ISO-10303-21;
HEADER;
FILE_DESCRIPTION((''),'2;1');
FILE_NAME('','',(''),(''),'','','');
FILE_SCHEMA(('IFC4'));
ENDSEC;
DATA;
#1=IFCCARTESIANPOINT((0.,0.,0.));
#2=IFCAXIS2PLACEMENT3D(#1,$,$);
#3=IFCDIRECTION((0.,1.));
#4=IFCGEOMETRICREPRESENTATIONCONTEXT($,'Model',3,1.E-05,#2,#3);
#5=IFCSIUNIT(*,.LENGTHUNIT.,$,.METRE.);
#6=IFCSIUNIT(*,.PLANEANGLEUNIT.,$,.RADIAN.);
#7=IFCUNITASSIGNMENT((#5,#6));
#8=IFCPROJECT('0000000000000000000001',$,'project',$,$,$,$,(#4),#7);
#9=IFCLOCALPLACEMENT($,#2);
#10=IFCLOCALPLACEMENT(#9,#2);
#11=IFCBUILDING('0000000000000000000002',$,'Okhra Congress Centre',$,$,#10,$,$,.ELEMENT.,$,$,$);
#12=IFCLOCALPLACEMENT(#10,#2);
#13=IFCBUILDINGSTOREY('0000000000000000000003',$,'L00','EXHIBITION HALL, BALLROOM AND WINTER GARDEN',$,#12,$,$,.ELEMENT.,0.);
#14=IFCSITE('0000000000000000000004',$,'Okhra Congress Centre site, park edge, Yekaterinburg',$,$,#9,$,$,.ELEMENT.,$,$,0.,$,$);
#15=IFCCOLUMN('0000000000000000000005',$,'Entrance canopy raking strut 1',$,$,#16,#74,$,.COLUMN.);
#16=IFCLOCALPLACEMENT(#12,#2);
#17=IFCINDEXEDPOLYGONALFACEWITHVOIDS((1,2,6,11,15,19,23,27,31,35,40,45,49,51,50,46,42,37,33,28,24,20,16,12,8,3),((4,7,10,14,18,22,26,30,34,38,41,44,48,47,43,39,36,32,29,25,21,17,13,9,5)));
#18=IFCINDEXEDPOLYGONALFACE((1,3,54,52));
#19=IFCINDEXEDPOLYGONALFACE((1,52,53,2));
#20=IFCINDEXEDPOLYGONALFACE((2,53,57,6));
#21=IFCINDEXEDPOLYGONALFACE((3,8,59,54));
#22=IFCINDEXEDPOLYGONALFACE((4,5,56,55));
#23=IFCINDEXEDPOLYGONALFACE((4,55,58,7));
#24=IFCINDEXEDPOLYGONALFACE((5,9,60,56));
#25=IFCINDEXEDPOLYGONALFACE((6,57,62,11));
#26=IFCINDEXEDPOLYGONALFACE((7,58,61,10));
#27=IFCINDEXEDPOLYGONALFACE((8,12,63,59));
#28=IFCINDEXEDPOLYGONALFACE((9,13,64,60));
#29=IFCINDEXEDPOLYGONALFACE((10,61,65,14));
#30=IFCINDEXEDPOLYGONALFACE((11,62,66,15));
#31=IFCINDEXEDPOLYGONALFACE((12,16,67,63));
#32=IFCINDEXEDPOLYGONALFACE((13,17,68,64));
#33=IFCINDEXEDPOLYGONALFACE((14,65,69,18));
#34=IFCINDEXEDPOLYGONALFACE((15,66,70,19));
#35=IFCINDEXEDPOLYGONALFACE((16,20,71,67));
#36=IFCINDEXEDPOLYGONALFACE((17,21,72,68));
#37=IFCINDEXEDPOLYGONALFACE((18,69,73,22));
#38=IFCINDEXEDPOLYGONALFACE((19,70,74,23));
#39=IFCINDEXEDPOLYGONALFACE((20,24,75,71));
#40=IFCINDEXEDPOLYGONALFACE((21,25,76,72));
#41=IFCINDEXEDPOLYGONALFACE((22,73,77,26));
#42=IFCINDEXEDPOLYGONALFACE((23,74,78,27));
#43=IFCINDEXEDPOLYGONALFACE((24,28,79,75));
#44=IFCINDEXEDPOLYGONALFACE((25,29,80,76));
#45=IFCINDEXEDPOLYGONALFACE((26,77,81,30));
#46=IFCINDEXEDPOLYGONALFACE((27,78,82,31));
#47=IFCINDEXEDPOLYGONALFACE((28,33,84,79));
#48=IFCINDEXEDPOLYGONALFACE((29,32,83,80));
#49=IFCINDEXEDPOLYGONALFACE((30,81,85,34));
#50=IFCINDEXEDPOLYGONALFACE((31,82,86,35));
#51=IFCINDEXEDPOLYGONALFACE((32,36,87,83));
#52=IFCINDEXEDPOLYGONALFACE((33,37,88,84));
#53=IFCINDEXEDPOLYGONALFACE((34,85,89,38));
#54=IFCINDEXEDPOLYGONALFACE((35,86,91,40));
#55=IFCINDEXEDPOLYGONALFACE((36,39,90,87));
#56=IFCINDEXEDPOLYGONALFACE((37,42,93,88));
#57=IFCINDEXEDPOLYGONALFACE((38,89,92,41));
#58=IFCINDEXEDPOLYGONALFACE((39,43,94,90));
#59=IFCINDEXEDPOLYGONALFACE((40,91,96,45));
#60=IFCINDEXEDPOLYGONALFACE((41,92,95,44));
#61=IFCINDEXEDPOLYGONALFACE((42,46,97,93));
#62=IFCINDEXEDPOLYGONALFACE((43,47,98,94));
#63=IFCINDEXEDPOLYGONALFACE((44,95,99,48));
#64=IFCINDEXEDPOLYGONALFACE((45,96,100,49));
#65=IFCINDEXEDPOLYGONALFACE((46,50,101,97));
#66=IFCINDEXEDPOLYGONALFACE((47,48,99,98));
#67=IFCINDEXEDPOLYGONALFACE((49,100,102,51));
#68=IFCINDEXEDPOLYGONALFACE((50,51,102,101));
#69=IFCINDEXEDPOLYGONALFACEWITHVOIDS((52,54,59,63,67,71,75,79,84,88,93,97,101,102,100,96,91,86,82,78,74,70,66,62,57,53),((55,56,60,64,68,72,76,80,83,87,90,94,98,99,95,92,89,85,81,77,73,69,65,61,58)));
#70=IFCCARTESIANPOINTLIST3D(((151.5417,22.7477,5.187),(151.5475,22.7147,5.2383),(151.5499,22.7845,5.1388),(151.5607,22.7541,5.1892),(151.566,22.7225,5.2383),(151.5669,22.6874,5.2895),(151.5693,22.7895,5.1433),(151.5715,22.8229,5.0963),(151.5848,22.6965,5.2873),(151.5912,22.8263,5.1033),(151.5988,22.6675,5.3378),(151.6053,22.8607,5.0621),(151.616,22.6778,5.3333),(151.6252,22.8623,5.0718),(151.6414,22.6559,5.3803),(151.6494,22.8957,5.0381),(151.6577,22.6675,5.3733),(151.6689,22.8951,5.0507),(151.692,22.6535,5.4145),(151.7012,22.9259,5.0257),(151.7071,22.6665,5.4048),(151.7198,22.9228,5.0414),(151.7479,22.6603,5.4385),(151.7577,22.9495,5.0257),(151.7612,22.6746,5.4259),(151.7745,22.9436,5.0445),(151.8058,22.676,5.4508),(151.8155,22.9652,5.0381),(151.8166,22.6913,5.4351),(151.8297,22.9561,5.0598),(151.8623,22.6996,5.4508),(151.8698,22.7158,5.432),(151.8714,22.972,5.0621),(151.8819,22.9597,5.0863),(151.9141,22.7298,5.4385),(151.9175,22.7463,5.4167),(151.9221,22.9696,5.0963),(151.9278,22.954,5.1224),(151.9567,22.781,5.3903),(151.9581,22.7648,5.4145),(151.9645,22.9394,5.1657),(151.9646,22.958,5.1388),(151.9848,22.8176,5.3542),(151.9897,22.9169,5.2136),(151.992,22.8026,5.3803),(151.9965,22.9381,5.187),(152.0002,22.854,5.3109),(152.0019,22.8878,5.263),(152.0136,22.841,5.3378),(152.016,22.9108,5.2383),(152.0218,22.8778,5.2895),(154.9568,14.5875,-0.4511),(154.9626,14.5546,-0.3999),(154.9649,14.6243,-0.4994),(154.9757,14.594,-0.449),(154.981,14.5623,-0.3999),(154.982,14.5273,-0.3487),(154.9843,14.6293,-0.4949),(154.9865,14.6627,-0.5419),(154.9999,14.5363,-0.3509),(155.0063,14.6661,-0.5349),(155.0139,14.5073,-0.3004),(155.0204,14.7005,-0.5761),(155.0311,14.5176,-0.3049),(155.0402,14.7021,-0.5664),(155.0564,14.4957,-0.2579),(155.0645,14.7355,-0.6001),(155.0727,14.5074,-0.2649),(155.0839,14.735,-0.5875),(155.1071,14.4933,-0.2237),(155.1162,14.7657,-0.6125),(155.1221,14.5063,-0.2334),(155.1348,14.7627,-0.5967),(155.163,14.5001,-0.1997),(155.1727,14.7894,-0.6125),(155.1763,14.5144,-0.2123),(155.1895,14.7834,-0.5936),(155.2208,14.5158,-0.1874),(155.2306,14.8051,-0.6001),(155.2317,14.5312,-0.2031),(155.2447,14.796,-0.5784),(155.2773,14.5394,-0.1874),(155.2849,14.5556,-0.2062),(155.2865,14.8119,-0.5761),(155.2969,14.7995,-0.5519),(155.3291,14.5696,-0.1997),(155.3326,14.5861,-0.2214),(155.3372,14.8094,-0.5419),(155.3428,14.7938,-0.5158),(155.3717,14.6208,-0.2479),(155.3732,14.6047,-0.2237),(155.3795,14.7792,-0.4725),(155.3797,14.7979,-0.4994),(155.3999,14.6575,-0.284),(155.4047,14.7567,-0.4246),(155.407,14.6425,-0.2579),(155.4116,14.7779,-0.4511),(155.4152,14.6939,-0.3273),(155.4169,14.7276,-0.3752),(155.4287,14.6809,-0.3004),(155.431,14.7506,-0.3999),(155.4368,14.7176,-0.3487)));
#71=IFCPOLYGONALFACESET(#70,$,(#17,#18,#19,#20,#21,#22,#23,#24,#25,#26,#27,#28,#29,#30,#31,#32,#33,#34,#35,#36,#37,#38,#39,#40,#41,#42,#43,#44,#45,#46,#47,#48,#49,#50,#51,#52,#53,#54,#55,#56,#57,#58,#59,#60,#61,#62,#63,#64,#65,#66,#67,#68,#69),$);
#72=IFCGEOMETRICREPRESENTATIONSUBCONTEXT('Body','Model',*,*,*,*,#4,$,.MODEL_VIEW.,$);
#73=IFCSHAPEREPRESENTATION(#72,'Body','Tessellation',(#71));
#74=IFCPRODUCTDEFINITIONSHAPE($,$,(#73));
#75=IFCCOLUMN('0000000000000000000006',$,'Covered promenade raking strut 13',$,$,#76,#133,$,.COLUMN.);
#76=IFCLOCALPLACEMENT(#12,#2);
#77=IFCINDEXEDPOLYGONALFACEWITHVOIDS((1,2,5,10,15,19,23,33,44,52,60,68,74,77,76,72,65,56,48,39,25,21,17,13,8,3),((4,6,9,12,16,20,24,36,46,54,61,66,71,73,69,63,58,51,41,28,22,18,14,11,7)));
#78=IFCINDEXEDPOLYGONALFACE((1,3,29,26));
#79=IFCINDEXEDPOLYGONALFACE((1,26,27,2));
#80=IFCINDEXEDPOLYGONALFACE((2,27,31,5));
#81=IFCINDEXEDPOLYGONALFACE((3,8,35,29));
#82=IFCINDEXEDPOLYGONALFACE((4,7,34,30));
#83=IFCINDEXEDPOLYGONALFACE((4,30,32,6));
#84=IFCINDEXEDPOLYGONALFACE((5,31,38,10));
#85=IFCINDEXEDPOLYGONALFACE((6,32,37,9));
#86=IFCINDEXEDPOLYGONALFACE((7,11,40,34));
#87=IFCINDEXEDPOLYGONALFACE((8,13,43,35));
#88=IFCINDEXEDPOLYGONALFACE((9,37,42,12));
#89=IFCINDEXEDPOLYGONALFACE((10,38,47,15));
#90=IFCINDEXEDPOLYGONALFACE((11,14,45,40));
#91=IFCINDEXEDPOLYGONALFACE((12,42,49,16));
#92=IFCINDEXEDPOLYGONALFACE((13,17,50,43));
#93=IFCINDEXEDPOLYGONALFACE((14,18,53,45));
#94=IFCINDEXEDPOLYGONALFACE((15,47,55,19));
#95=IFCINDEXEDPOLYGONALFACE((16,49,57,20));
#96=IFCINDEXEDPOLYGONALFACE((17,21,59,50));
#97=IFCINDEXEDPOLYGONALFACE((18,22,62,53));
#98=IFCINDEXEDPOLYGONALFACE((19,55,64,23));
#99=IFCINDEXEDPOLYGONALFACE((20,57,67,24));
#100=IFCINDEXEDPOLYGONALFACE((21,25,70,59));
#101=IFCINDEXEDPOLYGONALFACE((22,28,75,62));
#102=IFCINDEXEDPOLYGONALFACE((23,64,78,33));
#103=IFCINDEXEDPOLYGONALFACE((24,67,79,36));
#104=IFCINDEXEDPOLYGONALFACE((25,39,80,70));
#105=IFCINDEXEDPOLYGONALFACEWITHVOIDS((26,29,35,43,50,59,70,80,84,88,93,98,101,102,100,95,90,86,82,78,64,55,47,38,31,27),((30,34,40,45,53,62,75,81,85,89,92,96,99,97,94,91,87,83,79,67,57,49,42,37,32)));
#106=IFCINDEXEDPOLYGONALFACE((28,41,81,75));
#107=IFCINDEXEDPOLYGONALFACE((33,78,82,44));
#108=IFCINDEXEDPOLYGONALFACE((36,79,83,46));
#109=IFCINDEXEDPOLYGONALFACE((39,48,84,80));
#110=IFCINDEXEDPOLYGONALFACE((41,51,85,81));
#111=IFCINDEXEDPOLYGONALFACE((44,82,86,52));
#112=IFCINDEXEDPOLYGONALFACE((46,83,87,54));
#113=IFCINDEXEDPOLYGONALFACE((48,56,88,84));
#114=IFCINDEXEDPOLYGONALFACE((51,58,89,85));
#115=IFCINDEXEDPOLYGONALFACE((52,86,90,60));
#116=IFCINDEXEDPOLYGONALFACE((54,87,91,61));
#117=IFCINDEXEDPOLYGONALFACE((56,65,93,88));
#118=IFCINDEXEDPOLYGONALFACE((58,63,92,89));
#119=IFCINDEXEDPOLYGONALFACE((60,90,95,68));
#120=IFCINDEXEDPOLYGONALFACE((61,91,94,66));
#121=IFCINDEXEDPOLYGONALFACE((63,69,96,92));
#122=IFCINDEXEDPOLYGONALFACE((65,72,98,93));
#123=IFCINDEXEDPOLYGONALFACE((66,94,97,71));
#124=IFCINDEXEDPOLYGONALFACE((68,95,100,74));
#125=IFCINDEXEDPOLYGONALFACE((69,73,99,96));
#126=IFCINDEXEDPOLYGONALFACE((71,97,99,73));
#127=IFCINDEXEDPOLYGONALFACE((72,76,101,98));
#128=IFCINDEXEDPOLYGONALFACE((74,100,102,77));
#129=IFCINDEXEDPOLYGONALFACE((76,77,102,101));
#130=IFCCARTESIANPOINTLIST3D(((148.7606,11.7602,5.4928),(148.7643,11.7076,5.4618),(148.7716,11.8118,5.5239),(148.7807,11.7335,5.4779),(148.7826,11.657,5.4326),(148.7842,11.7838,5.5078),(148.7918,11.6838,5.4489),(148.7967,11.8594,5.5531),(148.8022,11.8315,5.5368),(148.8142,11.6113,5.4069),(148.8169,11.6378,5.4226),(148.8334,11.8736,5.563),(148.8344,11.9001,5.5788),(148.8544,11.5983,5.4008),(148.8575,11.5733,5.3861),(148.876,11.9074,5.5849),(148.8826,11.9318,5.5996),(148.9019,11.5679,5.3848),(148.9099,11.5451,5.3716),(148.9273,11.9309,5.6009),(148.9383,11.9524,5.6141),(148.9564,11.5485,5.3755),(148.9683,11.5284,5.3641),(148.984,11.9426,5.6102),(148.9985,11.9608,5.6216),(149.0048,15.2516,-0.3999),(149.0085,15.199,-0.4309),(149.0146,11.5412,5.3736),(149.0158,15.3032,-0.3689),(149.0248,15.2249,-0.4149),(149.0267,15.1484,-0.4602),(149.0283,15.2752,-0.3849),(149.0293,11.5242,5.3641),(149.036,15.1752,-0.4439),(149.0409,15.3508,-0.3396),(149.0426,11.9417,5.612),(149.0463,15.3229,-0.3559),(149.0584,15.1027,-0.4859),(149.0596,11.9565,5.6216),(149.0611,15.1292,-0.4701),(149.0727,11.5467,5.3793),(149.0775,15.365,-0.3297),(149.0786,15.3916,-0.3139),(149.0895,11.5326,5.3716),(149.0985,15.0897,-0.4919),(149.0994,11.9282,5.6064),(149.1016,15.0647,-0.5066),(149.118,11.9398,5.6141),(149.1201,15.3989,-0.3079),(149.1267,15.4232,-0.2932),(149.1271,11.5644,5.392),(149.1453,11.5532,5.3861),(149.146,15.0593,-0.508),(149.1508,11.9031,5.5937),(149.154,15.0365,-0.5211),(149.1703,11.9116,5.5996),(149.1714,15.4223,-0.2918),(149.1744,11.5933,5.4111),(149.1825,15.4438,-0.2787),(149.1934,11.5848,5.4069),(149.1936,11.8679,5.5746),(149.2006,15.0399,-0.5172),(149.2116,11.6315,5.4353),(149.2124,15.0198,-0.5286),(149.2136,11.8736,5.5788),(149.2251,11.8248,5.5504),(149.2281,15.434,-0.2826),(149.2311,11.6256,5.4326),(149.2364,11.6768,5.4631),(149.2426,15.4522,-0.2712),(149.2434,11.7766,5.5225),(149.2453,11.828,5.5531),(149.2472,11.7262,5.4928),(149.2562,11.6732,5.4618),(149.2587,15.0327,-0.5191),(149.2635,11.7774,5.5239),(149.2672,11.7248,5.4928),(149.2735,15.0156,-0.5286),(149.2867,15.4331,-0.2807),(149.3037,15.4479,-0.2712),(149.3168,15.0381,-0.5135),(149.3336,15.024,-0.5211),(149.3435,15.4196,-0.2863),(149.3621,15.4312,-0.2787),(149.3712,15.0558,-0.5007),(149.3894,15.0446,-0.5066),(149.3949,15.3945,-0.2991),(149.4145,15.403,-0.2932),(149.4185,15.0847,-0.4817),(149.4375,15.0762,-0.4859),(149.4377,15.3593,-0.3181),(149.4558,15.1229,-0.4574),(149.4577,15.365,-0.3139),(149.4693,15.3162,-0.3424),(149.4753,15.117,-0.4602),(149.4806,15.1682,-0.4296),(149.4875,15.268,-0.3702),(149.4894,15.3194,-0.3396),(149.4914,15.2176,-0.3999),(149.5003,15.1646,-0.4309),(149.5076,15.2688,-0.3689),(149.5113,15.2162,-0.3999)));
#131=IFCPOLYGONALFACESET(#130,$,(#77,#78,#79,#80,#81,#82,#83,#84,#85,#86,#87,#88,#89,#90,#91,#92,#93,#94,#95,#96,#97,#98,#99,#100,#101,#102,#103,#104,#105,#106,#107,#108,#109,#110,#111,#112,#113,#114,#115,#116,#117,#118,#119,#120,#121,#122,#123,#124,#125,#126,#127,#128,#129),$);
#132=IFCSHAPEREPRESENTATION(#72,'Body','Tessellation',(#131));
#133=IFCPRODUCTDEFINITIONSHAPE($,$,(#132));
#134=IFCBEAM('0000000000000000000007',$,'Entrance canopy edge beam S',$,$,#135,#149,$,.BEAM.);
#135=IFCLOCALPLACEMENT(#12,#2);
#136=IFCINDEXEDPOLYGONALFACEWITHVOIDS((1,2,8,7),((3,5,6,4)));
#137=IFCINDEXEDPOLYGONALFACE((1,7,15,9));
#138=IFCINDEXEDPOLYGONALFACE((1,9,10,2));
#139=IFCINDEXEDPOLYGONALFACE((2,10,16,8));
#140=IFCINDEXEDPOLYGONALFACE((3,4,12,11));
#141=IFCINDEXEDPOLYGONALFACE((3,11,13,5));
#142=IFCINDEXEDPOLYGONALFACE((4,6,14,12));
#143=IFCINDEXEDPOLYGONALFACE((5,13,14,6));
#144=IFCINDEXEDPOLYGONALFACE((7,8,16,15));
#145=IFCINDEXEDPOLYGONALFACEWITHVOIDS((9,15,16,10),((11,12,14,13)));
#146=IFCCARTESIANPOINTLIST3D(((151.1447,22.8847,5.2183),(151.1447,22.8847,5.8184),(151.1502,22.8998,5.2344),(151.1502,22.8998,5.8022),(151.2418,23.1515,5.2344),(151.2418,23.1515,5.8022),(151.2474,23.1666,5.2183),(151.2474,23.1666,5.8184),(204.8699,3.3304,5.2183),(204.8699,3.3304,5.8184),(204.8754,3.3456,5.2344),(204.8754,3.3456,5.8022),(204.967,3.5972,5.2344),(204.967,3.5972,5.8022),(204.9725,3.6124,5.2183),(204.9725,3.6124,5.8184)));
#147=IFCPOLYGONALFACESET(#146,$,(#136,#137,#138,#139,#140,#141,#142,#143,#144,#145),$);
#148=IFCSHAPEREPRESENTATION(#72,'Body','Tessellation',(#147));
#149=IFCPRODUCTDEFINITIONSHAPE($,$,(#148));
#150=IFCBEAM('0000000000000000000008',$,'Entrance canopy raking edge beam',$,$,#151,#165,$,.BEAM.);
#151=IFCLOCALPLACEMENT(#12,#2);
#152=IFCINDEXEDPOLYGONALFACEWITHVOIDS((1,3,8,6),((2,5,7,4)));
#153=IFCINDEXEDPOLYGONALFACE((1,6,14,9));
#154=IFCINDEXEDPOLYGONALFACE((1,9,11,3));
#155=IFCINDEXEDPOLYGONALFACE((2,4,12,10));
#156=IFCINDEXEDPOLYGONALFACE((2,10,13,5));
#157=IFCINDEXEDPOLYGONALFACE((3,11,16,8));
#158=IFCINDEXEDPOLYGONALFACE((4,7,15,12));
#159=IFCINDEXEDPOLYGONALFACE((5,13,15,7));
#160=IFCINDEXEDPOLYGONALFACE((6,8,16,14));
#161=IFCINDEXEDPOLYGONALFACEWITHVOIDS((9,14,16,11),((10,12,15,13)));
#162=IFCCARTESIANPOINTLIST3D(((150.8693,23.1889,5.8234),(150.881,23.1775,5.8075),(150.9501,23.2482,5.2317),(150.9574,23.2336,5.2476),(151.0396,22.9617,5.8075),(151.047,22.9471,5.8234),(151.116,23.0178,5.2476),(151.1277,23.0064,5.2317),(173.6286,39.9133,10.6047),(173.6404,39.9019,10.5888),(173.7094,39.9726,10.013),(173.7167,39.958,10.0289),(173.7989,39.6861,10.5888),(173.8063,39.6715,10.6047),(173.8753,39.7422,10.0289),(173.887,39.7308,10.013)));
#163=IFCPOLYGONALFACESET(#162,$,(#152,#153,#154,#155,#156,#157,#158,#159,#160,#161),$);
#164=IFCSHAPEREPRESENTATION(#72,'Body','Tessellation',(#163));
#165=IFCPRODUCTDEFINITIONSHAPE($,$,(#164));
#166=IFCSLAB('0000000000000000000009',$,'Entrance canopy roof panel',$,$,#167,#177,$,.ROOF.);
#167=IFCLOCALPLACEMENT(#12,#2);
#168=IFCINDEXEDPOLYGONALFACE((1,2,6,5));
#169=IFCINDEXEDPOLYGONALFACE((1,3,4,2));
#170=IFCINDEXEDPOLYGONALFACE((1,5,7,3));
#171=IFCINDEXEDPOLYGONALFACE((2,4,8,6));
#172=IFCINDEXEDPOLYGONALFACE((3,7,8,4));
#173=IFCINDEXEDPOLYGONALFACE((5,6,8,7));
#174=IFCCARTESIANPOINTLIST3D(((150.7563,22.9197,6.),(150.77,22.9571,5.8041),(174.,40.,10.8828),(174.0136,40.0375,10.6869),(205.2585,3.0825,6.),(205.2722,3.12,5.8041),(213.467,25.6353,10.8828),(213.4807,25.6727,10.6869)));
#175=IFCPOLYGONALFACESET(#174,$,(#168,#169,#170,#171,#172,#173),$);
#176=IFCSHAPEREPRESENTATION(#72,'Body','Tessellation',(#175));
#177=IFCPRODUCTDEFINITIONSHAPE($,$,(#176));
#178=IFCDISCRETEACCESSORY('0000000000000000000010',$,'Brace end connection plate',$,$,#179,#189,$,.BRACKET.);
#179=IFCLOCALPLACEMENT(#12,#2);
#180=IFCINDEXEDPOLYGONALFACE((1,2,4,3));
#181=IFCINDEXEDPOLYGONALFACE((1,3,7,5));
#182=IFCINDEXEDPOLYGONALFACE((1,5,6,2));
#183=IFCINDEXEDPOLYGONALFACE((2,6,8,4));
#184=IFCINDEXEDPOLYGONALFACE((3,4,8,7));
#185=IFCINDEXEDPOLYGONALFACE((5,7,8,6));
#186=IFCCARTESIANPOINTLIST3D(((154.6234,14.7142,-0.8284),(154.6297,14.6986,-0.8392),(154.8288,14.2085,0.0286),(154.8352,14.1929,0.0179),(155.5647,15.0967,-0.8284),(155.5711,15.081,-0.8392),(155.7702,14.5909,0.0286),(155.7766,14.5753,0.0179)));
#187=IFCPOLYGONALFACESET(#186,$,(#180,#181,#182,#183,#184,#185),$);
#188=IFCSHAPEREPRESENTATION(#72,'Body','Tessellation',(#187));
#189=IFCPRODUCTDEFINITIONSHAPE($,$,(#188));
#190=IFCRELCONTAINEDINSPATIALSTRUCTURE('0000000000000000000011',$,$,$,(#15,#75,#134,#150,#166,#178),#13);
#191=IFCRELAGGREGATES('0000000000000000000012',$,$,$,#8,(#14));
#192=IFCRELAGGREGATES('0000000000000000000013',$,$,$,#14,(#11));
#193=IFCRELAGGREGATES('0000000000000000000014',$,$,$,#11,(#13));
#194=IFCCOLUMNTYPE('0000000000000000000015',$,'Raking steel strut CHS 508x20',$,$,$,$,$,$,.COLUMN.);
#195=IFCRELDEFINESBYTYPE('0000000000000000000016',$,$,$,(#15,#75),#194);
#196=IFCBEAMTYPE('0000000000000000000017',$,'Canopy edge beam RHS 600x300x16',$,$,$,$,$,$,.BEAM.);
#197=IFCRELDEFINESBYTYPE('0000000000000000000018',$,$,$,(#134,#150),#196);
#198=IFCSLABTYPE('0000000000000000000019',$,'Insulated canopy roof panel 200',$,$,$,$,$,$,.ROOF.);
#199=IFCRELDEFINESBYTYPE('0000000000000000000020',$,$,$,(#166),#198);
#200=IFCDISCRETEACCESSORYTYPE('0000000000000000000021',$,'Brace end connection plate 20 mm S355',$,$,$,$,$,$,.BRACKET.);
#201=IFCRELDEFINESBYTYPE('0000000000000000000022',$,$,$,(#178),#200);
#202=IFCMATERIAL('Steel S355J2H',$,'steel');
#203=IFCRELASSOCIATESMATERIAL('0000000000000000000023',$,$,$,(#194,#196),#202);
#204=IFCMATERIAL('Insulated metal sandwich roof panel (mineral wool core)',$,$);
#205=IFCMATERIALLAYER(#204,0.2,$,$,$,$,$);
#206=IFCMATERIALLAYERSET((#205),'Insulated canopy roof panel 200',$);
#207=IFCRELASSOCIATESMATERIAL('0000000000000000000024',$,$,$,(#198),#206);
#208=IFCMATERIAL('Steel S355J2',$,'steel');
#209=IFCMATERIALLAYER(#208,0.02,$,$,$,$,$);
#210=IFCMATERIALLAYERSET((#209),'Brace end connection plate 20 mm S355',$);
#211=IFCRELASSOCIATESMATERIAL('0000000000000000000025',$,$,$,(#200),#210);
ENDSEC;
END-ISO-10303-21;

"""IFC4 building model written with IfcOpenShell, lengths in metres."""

from ifc_helpers import new_model, si_unit, direction, frame, origin, origin_2d, place, context, subcontext, project, spatial, polyline, rectangle, hollow_rectangle, hollow_circle, outline, extrude, material, layer, layer_set, material_profile, profile_set, type_object, element, save


model = new_model("IFC4")

# Units and contexts
model_context = context("Model", 3, precision=1e-05, world=origin(), true_north=direction((0.0, 1.0)))
body_context = subcontext(model_context, "Body", "Model", "MODEL_VIEW")
ifc_project = project(units=[si_unit("LENGTHUNIT", "METRE"), si_unit("PLANEANGLEUNIT", "RADIAN")], contexts=[model_context])

# Site, building, storey
site_placement = place(None, origin())
site = spatial("IfcSite", under=ifc_project, at=site_placement, Name="Okhra Congress Centre site, park edge, Yekaterinburg", CompositionType="ELEMENT", RefElevation=0.0)
building_placement = place(site_placement, origin())
building = spatial("IfcBuilding", under=site, at=building_placement, Name="Okhra Congress Centre", CompositionType="ELEMENT")
storey_placement = place(building_placement, origin())
storey = spatial("IfcBuildingStorey", under=building, at=storey_placement, Name="L00", Description="EXHIBITION HALL, BALLROOM AND WINTER GARDEN", CompositionType="ELEMENT", Elevation=0.0)

# Columns
ifc_material_1 = material(Name="Steel S355J2H", Category="steel")
ifc_material_profile_1 = material_profile(ifc_material_1, hollow_circle(Radius=0.2539, WallThickness=0.02, at=origin_2d()), Name="CHS 508x20")
ifc_profile_set_1 = profile_set([ifc_material_profile_1], Name="Steel S355J2H")
column_type = type_object("IfcColumnType", Name="Raking steel strut CHS 508x20", PredefinedType="COLUMN", material=ifc_profile_set_1)
column_1_placement = place(storey_placement, frame((155.1968, 14.6526, -0.3999), z_axis=(-0.325552, 0.7779, 0.537483), x_axis=(-0.922475, -0.386057, 0.0)))
element("IfcColumn", 1, at=column_1_placement, inside=storey, type_object=column_type, Name="Entrance canopy raking strut 1", PredefinedType="COLUMN", context=body_context, shape_type="SweptSolid", body=[
    extrude(hollow_circle(Radius=0.2539, WallThickness=0.02, at=origin_2d()), origin(), (0.0, 0.0, 1.0), 10.49),
])
column_2_placement = place(storey_placement, frame((149.2581, 15.2339, -0.3999), z_axis=(-0.035621, -0.509415, 0.859783), x_axis=(0.997564, -0.069755, 0.0)))
element("IfcColumn", 2, at=column_2_placement, inside=storey, type_object=column_type, Name="Covered promenade raking strut 13", PredefinedType="COLUMN", context=body_context, shape_type="SweptSolid", body=[
    extrude(hollow_circle(Radius=0.2539, WallThickness=0.02, at=origin_2d()), origin(), (0.0, 0.0, 1.0), 6.8538),
])

# Beams
ifc_material_profile_2 = material_profile(ifc_material_1, hollow_rectangle(XDim=0.3, YDim=0.6001, WallThickness=0.0161, at=origin_2d()), Name="RHS 600x300x16")
ifc_profile_set_2 = profile_set([ifc_material_profile_2], Name="Steel S355J2H")
beam_type = type_object("IfcBeamType", Name="Canopy edge beam RHS 600x300x16", PredefinedType="BEAM", material=ifc_profile_set_2)
beam_1_placement = place(storey_placement, frame((151.196, 23.0256, 5.5183), z_axis=(0.939693, -0.342018, 0.0), x_axis=(0.342018, 0.939693, 0.0)))
element("IfcBeam", 3, at=beam_1_placement, inside=storey, type_object=beam_type, Name="Entrance canopy edge beam S", PredefinedType="BEAM", context=body_context, shape_type="SweptSolid", body=[
    extrude(hollow_rectangle(XDim=0.3, YDim=0.6001, WallThickness=0.0161, at=origin_2d()), origin(), (0.0, 0.0, 1.0), 57.1731),
])
beam_2_placement = place(storey_placement, frame((150.9985, 23.0977, 5.5276), z_axis=(0.794522, 0.583845, 0.166913), x_axis=(-0.592151, 0.805827, 0.0)))
element("IfcBeam", 4, at=beam_2_placement, inside=storey, type_object=beam_type, Name="Entrance canopy raking edge beam", PredefinedType="BEAM", context=body_context, shape_type="SweptSolid", body=[
    extrude(hollow_rectangle(XDim=0.3, YDim=0.6001, WallThickness=0.0161, at=origin_2d()), origin(), (0.0, 0.0, 1.0), 28.6453),
])

# Slab
ifc_material_2 = material(Name="Insulated metal sandwich roof panel (mineral wool core)")
ifc_layer_1 = layer(ifc_material_2, 0.2)
ifc_layer_set_1 = layer_set([ifc_layer_1], Name="Insulated canopy roof panel 200")
slab_type = type_object("IfcSlabType", Name="Insulated canopy roof panel 200", PredefinedType="ROOF", material=ifc_layer_set_1)
slab_placement = place(storey_placement, frame((150.7563, 22.9197, 6.0), z_axis=(-0.068187, -0.187343, 0.979925), x_axis=(0.939693, -0.34202, 0.0)))
element("IfcSlab", 5, at=slab_placement, inside=storey, type_object=slab_type, Name="Entrance canopy roof panel", PredefinedType="ROOF", context=body_context, shape_type="SweptSolid", body=[
    extrude(outline(polyline([(0.0, 0.0), (58.0, 0.0), (58.0, 24.4918), (16.0001, 24.4917), (0.0, 0.0)])), origin(), (0.0, 0.0, -1.0), 0.2),
])

# Discrete accessory
ifc_material_3 = material(Name="Steel S355J2", Category="steel")
ifc_layer_2 = layer(ifc_material_3, 0.02)
ifc_layer_set_2 = layer_set([ifc_layer_2], Name="Brace end connection plate 20 mm S355")
discrete_accessory_type_1 = type_object("IfcDiscreteAccessoryType", Name="Brace end connection plate 20 mm S355", PredefinedType="BRACKET", material=ifc_layer_set_2)
discrete_accessory_1_placement = place(storey_placement, frame((155.1968, 14.6526, -0.3999), z_axis=(0.317451, -0.781418, -0.537225), x_axis=(0.926467, 0.376377, 0.0)))
element("IfcDiscreteAccessory", 6, at=discrete_accessory_1_placement, inside=storey, type_object=discrete_accessory_type_1, Name="Brace end connection plate", PredefinedType="BRACKET", context=body_context, shape_type="SweptSolid", body=[
    extrude(rectangle(XDim=1.0161, YDim=1.0161, at=origin_2d()), origin(), (0.0, 0.0, 1.0), 0.02),
])

save(model, "model.ifc")
